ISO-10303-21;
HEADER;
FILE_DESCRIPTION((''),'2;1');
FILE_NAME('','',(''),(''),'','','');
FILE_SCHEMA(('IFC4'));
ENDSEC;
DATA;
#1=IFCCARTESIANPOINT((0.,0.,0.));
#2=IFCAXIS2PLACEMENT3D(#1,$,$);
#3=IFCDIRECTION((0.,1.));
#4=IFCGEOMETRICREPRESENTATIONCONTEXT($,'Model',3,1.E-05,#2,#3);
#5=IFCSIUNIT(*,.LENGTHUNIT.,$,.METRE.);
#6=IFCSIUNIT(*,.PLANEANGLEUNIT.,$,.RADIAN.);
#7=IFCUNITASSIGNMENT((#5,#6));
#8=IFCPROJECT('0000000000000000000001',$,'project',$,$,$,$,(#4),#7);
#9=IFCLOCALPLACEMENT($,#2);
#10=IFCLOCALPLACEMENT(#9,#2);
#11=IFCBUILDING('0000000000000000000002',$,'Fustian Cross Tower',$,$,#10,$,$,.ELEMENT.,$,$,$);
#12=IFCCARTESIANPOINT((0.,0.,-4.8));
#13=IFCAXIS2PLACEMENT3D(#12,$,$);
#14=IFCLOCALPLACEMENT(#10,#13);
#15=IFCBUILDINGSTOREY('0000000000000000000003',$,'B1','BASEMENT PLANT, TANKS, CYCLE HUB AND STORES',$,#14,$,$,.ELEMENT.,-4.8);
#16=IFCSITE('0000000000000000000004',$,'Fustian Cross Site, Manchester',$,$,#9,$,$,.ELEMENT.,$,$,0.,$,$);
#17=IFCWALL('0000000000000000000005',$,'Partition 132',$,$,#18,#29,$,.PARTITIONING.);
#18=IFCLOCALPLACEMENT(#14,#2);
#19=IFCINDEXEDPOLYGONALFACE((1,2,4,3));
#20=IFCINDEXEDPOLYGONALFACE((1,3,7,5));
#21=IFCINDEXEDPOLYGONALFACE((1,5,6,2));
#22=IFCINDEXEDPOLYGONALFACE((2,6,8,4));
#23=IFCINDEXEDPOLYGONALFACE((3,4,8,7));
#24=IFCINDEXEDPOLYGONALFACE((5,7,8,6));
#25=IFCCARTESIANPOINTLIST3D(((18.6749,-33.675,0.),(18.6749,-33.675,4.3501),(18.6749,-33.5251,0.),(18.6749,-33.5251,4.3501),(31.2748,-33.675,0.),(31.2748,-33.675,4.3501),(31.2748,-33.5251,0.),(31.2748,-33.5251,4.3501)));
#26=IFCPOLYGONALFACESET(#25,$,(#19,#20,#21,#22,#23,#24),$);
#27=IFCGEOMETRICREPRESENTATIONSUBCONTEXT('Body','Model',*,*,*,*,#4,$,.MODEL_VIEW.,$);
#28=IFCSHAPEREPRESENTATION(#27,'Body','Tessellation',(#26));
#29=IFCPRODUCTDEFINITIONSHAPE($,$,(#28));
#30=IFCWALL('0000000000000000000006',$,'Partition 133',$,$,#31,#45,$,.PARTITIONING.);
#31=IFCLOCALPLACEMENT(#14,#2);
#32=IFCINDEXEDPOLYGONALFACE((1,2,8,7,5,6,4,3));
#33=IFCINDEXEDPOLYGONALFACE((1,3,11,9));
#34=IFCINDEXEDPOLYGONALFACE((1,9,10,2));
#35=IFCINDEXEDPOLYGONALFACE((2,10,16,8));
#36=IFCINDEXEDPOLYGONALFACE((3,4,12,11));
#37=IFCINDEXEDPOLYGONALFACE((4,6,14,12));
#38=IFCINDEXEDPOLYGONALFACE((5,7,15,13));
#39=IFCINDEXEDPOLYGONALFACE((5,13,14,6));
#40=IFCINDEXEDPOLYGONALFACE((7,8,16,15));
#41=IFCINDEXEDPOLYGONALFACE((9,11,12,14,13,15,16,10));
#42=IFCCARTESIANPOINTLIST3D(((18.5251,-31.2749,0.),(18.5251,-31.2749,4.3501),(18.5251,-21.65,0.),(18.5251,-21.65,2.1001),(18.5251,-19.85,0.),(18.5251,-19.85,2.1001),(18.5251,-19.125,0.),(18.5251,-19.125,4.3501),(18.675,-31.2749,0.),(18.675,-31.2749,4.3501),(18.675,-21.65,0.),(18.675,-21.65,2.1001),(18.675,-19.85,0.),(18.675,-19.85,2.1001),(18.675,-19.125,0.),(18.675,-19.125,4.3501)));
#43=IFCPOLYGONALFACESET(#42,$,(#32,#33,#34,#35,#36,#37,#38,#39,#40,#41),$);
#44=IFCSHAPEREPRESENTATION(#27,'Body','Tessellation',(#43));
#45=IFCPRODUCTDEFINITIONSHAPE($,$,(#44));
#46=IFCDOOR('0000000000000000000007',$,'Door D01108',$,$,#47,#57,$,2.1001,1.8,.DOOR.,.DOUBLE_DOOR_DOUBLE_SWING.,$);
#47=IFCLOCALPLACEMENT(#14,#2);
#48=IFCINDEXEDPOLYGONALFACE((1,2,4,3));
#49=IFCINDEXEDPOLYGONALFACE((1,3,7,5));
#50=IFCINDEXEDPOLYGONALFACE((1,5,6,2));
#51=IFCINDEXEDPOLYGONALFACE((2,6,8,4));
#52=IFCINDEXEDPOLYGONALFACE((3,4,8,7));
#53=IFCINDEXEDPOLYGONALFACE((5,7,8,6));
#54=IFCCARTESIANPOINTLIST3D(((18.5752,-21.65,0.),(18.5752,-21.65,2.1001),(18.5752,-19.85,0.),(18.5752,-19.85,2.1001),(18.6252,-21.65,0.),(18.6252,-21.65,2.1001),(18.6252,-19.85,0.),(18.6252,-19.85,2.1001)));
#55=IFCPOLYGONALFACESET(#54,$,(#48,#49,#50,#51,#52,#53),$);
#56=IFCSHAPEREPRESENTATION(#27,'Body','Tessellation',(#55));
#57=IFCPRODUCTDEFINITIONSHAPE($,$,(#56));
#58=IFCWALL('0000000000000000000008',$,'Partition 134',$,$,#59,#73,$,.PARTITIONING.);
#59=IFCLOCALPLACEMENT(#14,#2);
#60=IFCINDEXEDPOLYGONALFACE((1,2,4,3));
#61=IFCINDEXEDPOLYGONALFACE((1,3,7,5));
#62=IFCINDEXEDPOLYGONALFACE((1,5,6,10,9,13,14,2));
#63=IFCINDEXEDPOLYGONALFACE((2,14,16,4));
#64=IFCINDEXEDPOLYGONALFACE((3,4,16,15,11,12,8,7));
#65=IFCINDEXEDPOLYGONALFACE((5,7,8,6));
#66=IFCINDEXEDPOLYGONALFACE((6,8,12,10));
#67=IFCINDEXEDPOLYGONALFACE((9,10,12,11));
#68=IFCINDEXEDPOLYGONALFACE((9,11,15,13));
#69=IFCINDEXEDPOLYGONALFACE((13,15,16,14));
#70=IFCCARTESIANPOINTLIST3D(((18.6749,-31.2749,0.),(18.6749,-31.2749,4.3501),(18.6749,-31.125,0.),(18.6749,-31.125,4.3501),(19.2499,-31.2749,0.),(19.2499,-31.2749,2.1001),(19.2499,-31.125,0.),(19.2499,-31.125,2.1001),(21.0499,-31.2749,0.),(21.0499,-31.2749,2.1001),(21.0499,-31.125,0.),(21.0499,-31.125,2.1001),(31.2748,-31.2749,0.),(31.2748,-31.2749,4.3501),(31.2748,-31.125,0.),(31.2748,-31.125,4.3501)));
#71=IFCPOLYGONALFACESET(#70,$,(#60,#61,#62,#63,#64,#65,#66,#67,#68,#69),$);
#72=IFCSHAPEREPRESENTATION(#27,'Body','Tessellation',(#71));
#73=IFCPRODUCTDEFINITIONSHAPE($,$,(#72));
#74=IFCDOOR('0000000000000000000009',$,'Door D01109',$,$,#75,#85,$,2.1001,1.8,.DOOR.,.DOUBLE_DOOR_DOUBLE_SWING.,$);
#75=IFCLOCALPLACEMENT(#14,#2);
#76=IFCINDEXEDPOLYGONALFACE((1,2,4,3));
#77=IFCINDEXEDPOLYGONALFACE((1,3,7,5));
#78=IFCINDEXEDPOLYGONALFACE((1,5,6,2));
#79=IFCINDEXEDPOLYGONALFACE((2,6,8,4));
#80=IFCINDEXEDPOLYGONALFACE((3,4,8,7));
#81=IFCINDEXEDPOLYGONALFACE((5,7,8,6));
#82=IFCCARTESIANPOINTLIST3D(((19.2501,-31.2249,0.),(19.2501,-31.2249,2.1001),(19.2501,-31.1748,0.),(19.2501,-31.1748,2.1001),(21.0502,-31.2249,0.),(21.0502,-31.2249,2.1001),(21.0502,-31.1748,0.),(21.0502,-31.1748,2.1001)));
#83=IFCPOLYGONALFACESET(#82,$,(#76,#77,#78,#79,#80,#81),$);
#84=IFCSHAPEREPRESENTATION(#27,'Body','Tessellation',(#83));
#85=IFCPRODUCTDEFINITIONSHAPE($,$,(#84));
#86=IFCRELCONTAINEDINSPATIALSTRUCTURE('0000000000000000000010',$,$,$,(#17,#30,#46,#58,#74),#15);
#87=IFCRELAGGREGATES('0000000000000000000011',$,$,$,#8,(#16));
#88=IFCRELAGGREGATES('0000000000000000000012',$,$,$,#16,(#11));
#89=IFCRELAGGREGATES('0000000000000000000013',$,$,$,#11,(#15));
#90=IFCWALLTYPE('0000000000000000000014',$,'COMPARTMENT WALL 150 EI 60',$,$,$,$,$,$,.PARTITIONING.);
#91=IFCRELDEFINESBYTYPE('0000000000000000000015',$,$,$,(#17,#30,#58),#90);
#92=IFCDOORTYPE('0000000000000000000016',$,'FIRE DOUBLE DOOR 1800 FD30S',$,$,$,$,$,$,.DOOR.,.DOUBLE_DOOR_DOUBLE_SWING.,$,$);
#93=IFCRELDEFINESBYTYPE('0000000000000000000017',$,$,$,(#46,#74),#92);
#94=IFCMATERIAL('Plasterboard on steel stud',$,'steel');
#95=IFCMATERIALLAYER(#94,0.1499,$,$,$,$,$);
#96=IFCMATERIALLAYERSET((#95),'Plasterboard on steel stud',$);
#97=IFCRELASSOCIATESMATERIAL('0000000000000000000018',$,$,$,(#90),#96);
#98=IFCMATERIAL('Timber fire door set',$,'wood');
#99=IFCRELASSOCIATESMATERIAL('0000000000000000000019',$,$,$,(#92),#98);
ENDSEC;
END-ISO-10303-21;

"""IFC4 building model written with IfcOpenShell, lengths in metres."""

from ifc_helpers import new_model, si_unit, direction, frame, frame_2d, origin, place, context, subcontext, project, spatial, rectangle, extrude, material, layer, layer_set, type_object, element, fill, save


model = new_model("IFC4")

# Units and contexts
model_context = context("Model", 3, precision=1e-05, world=origin(), true_north=direction((0.0, 1.0)))
body_context = subcontext(model_context, "Body", "Model", "MODEL_VIEW")
ifc_project = project(units=[si_unit("LENGTHUNIT", "METRE"), si_unit("PLANEANGLEUNIT", "RADIAN")], contexts=[model_context])

# Site, building, storey
site_placement = place(None, origin())
site = spatial("IfcSite", under=ifc_project, at=site_placement, Name="Fustian Cross Site, Manchester", CompositionType="ELEMENT", RefElevation=0.0)
building_placement = place(site_placement, origin())
building = spatial("IfcBuilding", under=site, at=building_placement, Name="Fustian Cross Tower", CompositionType="ELEMENT")
storey_placement = place(building_placement, frame((0.0, 0.0, -4.8)))
storey = spatial("IfcBuildingStorey", under=building, at=storey_placement, Name="B1", Description="BASEMENT PLANT, TANKS, CYCLE HUB AND STORES", CompositionType="ELEMENT", Elevation=-4.8)

# Shared definitions
ifc_material_1 = material(Name="Plasterboard on steel stud", Category="steel")
ifc_layer = layer(ifc_material_1, 0.1499)
ifc_layer_set = layer_set([ifc_layer], Name="Plasterboard on steel stud")
wall_type = type_object("IfcWallType", Name="COMPARTMENT WALL 150 EI 60", PredefinedType="PARTITIONING", material=ifc_layer_set)
ifc_material_2 = material(Name="Timber fire door set", Category="wood")
door_type = type_object("IfcDoorType", Name="FIRE DOUBLE DOOR 1800 FD30S", OperationType="DOUBLE_DOOR_DOUBLE_SWING", PredefinedType="DOOR", material=ifc_material_2)

# Wall
wall_1_placement = place(storey_placement, frame((18.675, -33.6001, 0.0), z_axis=(0.0, 0.0, 1.0), x_axis=(1.0, 0.0, 0.0)))
element("IfcWall", 1, at=wall_1_placement, inside=storey, type_object=wall_type, Name="Partition 132", PredefinedType="PARTITIONING", context=body_context, shape_type="SweptSolid", body=[
    extrude(rectangle(XDim=12.5999, YDim=0.1499, at=frame_2d((6.2998, 0.0))), origin(), (0.0, 0.0, 1.0), 4.3501),
])

# Walls, openings, doors
wall_2_placement = place(storey_placement, frame((18.6001, -31.2749, 0.0), z_axis=(0.0, 0.0, 1.0), x_axis=(0.0, 1.0, 0.0)))
wall_2 = element("IfcWall", 2, at=wall_2_placement, inside=storey, type_object=wall_type, Name="Partition 133", PredefinedType="PARTITIONING", context=body_context, shape_type="SweptSolid", body=[
    extrude(rectangle(XDim=12.1499, YDim=0.1499, at=frame_2d((6.075, 0.0))), origin(), (0.0, 0.0, 1.0), 4.3501),
])
opening_1_placement = place(wall_2_placement, frame((9.625, 0.0, 0.0)))
opening_1 = element("IfcOpeningElement", 3, at=opening_1_placement, cuts=wall_2, PredefinedType="OPENING", context=body_context, shape_type="SweptSolid", body=[
    extrude(rectangle(XDim=1.8, YDim=2.1001, at=frame_2d((0.8999, 1.05))), frame((0.0, 0.085, 0.0), z_axis=(0.0, -1.0, 0.0), x_axis=(1.0, 0.0, 0.0)), (0.0, 0.0, 1.0), 0.1699),
])
door_1_placement = place(opening_1_placement, origin())
door_1 = element("IfcDoor", 4, at=door_1_placement, inside=storey, type_object=door_type, Name="Door D01108", OperationType="DOUBLE_DOOR_DOUBLE_SWING", OverallHeight=2.1001, OverallWidth=1.8, PredefinedType="DOOR", context=body_context, shape_type="SweptSolid", body=[
    extrude(rectangle(XDim=1.8, YDim=2.1001, at=frame_2d((0.8999, 1.05))), frame((0.0, 0.0249, 0.0), z_axis=(0.0, -1.0, 0.0), x_axis=(1.0, 0.0, 0.0)), (0.0, 0.0, 1.0), 0.05),
])
fill(opening_1, door_1)
wall_3_placement = place(storey_placement, frame((18.675, -31.2, 0.0), z_axis=(0.0, 0.0, 1.0), x_axis=(1.0, 0.0, 0.0)))
wall_3 = element("IfcWall", 5, at=wall_3_placement, inside=storey, type_object=wall_type, Name="Partition 134", PredefinedType="PARTITIONING", context=body_context, shape_type="SweptSolid", body=[
    extrude(rectangle(XDim=12.5999, YDim=0.1499, at=frame_2d((6.2998, 0.0))), origin(), (0.0, 0.0, 1.0), 4.3501),
])
opening_2_placement = place(wall_3_placement, frame((0.575, 0.0, 0.0)))
opening_2 = element("IfcOpeningElement", 6, at=opening_2_placement, cuts=wall_3, PredefinedType="OPENING", context=body_context, shape_type="SweptSolid", body=[
    extrude(rectangle(XDim=1.8, YDim=2.1001, at=frame_2d((0.8999, 1.05))), frame((0.0, 0.085, 0.0), z_axis=(0.0, -1.0, 0.0), x_axis=(1.0, 0.0, 0.0)), (0.0, 0.0, 1.0), 0.1699),
])
door_2_placement = place(opening_2_placement, frame((1.8, 0.0, 0.0), z_axis=(0.0, 0.0, 1.0), x_axis=(-1.0, 0.0, 0.0)))
door_2 = element("IfcDoor", 7, at=door_2_placement, inside=storey, type_object=door_type, Name="Door D01109", OperationType="DOUBLE_DOOR_DOUBLE_SWING", OverallHeight=2.1001, OverallWidth=1.8, PredefinedType="DOOR", context=body_context, shape_type="SweptSolid", body=[
    extrude(rectangle(XDim=1.8, YDim=2.1001, at=frame_2d((0.8999, 1.05))), frame((0.0, 0.0249, 0.0), z_axis=(0.0, -1.0, 0.0), x_axis=(1.0, 0.0, 0.0)), (0.0, 0.0, 1.0), 0.05),
])
fill(opening_2, door_2)

save(model, "model.ifc")
